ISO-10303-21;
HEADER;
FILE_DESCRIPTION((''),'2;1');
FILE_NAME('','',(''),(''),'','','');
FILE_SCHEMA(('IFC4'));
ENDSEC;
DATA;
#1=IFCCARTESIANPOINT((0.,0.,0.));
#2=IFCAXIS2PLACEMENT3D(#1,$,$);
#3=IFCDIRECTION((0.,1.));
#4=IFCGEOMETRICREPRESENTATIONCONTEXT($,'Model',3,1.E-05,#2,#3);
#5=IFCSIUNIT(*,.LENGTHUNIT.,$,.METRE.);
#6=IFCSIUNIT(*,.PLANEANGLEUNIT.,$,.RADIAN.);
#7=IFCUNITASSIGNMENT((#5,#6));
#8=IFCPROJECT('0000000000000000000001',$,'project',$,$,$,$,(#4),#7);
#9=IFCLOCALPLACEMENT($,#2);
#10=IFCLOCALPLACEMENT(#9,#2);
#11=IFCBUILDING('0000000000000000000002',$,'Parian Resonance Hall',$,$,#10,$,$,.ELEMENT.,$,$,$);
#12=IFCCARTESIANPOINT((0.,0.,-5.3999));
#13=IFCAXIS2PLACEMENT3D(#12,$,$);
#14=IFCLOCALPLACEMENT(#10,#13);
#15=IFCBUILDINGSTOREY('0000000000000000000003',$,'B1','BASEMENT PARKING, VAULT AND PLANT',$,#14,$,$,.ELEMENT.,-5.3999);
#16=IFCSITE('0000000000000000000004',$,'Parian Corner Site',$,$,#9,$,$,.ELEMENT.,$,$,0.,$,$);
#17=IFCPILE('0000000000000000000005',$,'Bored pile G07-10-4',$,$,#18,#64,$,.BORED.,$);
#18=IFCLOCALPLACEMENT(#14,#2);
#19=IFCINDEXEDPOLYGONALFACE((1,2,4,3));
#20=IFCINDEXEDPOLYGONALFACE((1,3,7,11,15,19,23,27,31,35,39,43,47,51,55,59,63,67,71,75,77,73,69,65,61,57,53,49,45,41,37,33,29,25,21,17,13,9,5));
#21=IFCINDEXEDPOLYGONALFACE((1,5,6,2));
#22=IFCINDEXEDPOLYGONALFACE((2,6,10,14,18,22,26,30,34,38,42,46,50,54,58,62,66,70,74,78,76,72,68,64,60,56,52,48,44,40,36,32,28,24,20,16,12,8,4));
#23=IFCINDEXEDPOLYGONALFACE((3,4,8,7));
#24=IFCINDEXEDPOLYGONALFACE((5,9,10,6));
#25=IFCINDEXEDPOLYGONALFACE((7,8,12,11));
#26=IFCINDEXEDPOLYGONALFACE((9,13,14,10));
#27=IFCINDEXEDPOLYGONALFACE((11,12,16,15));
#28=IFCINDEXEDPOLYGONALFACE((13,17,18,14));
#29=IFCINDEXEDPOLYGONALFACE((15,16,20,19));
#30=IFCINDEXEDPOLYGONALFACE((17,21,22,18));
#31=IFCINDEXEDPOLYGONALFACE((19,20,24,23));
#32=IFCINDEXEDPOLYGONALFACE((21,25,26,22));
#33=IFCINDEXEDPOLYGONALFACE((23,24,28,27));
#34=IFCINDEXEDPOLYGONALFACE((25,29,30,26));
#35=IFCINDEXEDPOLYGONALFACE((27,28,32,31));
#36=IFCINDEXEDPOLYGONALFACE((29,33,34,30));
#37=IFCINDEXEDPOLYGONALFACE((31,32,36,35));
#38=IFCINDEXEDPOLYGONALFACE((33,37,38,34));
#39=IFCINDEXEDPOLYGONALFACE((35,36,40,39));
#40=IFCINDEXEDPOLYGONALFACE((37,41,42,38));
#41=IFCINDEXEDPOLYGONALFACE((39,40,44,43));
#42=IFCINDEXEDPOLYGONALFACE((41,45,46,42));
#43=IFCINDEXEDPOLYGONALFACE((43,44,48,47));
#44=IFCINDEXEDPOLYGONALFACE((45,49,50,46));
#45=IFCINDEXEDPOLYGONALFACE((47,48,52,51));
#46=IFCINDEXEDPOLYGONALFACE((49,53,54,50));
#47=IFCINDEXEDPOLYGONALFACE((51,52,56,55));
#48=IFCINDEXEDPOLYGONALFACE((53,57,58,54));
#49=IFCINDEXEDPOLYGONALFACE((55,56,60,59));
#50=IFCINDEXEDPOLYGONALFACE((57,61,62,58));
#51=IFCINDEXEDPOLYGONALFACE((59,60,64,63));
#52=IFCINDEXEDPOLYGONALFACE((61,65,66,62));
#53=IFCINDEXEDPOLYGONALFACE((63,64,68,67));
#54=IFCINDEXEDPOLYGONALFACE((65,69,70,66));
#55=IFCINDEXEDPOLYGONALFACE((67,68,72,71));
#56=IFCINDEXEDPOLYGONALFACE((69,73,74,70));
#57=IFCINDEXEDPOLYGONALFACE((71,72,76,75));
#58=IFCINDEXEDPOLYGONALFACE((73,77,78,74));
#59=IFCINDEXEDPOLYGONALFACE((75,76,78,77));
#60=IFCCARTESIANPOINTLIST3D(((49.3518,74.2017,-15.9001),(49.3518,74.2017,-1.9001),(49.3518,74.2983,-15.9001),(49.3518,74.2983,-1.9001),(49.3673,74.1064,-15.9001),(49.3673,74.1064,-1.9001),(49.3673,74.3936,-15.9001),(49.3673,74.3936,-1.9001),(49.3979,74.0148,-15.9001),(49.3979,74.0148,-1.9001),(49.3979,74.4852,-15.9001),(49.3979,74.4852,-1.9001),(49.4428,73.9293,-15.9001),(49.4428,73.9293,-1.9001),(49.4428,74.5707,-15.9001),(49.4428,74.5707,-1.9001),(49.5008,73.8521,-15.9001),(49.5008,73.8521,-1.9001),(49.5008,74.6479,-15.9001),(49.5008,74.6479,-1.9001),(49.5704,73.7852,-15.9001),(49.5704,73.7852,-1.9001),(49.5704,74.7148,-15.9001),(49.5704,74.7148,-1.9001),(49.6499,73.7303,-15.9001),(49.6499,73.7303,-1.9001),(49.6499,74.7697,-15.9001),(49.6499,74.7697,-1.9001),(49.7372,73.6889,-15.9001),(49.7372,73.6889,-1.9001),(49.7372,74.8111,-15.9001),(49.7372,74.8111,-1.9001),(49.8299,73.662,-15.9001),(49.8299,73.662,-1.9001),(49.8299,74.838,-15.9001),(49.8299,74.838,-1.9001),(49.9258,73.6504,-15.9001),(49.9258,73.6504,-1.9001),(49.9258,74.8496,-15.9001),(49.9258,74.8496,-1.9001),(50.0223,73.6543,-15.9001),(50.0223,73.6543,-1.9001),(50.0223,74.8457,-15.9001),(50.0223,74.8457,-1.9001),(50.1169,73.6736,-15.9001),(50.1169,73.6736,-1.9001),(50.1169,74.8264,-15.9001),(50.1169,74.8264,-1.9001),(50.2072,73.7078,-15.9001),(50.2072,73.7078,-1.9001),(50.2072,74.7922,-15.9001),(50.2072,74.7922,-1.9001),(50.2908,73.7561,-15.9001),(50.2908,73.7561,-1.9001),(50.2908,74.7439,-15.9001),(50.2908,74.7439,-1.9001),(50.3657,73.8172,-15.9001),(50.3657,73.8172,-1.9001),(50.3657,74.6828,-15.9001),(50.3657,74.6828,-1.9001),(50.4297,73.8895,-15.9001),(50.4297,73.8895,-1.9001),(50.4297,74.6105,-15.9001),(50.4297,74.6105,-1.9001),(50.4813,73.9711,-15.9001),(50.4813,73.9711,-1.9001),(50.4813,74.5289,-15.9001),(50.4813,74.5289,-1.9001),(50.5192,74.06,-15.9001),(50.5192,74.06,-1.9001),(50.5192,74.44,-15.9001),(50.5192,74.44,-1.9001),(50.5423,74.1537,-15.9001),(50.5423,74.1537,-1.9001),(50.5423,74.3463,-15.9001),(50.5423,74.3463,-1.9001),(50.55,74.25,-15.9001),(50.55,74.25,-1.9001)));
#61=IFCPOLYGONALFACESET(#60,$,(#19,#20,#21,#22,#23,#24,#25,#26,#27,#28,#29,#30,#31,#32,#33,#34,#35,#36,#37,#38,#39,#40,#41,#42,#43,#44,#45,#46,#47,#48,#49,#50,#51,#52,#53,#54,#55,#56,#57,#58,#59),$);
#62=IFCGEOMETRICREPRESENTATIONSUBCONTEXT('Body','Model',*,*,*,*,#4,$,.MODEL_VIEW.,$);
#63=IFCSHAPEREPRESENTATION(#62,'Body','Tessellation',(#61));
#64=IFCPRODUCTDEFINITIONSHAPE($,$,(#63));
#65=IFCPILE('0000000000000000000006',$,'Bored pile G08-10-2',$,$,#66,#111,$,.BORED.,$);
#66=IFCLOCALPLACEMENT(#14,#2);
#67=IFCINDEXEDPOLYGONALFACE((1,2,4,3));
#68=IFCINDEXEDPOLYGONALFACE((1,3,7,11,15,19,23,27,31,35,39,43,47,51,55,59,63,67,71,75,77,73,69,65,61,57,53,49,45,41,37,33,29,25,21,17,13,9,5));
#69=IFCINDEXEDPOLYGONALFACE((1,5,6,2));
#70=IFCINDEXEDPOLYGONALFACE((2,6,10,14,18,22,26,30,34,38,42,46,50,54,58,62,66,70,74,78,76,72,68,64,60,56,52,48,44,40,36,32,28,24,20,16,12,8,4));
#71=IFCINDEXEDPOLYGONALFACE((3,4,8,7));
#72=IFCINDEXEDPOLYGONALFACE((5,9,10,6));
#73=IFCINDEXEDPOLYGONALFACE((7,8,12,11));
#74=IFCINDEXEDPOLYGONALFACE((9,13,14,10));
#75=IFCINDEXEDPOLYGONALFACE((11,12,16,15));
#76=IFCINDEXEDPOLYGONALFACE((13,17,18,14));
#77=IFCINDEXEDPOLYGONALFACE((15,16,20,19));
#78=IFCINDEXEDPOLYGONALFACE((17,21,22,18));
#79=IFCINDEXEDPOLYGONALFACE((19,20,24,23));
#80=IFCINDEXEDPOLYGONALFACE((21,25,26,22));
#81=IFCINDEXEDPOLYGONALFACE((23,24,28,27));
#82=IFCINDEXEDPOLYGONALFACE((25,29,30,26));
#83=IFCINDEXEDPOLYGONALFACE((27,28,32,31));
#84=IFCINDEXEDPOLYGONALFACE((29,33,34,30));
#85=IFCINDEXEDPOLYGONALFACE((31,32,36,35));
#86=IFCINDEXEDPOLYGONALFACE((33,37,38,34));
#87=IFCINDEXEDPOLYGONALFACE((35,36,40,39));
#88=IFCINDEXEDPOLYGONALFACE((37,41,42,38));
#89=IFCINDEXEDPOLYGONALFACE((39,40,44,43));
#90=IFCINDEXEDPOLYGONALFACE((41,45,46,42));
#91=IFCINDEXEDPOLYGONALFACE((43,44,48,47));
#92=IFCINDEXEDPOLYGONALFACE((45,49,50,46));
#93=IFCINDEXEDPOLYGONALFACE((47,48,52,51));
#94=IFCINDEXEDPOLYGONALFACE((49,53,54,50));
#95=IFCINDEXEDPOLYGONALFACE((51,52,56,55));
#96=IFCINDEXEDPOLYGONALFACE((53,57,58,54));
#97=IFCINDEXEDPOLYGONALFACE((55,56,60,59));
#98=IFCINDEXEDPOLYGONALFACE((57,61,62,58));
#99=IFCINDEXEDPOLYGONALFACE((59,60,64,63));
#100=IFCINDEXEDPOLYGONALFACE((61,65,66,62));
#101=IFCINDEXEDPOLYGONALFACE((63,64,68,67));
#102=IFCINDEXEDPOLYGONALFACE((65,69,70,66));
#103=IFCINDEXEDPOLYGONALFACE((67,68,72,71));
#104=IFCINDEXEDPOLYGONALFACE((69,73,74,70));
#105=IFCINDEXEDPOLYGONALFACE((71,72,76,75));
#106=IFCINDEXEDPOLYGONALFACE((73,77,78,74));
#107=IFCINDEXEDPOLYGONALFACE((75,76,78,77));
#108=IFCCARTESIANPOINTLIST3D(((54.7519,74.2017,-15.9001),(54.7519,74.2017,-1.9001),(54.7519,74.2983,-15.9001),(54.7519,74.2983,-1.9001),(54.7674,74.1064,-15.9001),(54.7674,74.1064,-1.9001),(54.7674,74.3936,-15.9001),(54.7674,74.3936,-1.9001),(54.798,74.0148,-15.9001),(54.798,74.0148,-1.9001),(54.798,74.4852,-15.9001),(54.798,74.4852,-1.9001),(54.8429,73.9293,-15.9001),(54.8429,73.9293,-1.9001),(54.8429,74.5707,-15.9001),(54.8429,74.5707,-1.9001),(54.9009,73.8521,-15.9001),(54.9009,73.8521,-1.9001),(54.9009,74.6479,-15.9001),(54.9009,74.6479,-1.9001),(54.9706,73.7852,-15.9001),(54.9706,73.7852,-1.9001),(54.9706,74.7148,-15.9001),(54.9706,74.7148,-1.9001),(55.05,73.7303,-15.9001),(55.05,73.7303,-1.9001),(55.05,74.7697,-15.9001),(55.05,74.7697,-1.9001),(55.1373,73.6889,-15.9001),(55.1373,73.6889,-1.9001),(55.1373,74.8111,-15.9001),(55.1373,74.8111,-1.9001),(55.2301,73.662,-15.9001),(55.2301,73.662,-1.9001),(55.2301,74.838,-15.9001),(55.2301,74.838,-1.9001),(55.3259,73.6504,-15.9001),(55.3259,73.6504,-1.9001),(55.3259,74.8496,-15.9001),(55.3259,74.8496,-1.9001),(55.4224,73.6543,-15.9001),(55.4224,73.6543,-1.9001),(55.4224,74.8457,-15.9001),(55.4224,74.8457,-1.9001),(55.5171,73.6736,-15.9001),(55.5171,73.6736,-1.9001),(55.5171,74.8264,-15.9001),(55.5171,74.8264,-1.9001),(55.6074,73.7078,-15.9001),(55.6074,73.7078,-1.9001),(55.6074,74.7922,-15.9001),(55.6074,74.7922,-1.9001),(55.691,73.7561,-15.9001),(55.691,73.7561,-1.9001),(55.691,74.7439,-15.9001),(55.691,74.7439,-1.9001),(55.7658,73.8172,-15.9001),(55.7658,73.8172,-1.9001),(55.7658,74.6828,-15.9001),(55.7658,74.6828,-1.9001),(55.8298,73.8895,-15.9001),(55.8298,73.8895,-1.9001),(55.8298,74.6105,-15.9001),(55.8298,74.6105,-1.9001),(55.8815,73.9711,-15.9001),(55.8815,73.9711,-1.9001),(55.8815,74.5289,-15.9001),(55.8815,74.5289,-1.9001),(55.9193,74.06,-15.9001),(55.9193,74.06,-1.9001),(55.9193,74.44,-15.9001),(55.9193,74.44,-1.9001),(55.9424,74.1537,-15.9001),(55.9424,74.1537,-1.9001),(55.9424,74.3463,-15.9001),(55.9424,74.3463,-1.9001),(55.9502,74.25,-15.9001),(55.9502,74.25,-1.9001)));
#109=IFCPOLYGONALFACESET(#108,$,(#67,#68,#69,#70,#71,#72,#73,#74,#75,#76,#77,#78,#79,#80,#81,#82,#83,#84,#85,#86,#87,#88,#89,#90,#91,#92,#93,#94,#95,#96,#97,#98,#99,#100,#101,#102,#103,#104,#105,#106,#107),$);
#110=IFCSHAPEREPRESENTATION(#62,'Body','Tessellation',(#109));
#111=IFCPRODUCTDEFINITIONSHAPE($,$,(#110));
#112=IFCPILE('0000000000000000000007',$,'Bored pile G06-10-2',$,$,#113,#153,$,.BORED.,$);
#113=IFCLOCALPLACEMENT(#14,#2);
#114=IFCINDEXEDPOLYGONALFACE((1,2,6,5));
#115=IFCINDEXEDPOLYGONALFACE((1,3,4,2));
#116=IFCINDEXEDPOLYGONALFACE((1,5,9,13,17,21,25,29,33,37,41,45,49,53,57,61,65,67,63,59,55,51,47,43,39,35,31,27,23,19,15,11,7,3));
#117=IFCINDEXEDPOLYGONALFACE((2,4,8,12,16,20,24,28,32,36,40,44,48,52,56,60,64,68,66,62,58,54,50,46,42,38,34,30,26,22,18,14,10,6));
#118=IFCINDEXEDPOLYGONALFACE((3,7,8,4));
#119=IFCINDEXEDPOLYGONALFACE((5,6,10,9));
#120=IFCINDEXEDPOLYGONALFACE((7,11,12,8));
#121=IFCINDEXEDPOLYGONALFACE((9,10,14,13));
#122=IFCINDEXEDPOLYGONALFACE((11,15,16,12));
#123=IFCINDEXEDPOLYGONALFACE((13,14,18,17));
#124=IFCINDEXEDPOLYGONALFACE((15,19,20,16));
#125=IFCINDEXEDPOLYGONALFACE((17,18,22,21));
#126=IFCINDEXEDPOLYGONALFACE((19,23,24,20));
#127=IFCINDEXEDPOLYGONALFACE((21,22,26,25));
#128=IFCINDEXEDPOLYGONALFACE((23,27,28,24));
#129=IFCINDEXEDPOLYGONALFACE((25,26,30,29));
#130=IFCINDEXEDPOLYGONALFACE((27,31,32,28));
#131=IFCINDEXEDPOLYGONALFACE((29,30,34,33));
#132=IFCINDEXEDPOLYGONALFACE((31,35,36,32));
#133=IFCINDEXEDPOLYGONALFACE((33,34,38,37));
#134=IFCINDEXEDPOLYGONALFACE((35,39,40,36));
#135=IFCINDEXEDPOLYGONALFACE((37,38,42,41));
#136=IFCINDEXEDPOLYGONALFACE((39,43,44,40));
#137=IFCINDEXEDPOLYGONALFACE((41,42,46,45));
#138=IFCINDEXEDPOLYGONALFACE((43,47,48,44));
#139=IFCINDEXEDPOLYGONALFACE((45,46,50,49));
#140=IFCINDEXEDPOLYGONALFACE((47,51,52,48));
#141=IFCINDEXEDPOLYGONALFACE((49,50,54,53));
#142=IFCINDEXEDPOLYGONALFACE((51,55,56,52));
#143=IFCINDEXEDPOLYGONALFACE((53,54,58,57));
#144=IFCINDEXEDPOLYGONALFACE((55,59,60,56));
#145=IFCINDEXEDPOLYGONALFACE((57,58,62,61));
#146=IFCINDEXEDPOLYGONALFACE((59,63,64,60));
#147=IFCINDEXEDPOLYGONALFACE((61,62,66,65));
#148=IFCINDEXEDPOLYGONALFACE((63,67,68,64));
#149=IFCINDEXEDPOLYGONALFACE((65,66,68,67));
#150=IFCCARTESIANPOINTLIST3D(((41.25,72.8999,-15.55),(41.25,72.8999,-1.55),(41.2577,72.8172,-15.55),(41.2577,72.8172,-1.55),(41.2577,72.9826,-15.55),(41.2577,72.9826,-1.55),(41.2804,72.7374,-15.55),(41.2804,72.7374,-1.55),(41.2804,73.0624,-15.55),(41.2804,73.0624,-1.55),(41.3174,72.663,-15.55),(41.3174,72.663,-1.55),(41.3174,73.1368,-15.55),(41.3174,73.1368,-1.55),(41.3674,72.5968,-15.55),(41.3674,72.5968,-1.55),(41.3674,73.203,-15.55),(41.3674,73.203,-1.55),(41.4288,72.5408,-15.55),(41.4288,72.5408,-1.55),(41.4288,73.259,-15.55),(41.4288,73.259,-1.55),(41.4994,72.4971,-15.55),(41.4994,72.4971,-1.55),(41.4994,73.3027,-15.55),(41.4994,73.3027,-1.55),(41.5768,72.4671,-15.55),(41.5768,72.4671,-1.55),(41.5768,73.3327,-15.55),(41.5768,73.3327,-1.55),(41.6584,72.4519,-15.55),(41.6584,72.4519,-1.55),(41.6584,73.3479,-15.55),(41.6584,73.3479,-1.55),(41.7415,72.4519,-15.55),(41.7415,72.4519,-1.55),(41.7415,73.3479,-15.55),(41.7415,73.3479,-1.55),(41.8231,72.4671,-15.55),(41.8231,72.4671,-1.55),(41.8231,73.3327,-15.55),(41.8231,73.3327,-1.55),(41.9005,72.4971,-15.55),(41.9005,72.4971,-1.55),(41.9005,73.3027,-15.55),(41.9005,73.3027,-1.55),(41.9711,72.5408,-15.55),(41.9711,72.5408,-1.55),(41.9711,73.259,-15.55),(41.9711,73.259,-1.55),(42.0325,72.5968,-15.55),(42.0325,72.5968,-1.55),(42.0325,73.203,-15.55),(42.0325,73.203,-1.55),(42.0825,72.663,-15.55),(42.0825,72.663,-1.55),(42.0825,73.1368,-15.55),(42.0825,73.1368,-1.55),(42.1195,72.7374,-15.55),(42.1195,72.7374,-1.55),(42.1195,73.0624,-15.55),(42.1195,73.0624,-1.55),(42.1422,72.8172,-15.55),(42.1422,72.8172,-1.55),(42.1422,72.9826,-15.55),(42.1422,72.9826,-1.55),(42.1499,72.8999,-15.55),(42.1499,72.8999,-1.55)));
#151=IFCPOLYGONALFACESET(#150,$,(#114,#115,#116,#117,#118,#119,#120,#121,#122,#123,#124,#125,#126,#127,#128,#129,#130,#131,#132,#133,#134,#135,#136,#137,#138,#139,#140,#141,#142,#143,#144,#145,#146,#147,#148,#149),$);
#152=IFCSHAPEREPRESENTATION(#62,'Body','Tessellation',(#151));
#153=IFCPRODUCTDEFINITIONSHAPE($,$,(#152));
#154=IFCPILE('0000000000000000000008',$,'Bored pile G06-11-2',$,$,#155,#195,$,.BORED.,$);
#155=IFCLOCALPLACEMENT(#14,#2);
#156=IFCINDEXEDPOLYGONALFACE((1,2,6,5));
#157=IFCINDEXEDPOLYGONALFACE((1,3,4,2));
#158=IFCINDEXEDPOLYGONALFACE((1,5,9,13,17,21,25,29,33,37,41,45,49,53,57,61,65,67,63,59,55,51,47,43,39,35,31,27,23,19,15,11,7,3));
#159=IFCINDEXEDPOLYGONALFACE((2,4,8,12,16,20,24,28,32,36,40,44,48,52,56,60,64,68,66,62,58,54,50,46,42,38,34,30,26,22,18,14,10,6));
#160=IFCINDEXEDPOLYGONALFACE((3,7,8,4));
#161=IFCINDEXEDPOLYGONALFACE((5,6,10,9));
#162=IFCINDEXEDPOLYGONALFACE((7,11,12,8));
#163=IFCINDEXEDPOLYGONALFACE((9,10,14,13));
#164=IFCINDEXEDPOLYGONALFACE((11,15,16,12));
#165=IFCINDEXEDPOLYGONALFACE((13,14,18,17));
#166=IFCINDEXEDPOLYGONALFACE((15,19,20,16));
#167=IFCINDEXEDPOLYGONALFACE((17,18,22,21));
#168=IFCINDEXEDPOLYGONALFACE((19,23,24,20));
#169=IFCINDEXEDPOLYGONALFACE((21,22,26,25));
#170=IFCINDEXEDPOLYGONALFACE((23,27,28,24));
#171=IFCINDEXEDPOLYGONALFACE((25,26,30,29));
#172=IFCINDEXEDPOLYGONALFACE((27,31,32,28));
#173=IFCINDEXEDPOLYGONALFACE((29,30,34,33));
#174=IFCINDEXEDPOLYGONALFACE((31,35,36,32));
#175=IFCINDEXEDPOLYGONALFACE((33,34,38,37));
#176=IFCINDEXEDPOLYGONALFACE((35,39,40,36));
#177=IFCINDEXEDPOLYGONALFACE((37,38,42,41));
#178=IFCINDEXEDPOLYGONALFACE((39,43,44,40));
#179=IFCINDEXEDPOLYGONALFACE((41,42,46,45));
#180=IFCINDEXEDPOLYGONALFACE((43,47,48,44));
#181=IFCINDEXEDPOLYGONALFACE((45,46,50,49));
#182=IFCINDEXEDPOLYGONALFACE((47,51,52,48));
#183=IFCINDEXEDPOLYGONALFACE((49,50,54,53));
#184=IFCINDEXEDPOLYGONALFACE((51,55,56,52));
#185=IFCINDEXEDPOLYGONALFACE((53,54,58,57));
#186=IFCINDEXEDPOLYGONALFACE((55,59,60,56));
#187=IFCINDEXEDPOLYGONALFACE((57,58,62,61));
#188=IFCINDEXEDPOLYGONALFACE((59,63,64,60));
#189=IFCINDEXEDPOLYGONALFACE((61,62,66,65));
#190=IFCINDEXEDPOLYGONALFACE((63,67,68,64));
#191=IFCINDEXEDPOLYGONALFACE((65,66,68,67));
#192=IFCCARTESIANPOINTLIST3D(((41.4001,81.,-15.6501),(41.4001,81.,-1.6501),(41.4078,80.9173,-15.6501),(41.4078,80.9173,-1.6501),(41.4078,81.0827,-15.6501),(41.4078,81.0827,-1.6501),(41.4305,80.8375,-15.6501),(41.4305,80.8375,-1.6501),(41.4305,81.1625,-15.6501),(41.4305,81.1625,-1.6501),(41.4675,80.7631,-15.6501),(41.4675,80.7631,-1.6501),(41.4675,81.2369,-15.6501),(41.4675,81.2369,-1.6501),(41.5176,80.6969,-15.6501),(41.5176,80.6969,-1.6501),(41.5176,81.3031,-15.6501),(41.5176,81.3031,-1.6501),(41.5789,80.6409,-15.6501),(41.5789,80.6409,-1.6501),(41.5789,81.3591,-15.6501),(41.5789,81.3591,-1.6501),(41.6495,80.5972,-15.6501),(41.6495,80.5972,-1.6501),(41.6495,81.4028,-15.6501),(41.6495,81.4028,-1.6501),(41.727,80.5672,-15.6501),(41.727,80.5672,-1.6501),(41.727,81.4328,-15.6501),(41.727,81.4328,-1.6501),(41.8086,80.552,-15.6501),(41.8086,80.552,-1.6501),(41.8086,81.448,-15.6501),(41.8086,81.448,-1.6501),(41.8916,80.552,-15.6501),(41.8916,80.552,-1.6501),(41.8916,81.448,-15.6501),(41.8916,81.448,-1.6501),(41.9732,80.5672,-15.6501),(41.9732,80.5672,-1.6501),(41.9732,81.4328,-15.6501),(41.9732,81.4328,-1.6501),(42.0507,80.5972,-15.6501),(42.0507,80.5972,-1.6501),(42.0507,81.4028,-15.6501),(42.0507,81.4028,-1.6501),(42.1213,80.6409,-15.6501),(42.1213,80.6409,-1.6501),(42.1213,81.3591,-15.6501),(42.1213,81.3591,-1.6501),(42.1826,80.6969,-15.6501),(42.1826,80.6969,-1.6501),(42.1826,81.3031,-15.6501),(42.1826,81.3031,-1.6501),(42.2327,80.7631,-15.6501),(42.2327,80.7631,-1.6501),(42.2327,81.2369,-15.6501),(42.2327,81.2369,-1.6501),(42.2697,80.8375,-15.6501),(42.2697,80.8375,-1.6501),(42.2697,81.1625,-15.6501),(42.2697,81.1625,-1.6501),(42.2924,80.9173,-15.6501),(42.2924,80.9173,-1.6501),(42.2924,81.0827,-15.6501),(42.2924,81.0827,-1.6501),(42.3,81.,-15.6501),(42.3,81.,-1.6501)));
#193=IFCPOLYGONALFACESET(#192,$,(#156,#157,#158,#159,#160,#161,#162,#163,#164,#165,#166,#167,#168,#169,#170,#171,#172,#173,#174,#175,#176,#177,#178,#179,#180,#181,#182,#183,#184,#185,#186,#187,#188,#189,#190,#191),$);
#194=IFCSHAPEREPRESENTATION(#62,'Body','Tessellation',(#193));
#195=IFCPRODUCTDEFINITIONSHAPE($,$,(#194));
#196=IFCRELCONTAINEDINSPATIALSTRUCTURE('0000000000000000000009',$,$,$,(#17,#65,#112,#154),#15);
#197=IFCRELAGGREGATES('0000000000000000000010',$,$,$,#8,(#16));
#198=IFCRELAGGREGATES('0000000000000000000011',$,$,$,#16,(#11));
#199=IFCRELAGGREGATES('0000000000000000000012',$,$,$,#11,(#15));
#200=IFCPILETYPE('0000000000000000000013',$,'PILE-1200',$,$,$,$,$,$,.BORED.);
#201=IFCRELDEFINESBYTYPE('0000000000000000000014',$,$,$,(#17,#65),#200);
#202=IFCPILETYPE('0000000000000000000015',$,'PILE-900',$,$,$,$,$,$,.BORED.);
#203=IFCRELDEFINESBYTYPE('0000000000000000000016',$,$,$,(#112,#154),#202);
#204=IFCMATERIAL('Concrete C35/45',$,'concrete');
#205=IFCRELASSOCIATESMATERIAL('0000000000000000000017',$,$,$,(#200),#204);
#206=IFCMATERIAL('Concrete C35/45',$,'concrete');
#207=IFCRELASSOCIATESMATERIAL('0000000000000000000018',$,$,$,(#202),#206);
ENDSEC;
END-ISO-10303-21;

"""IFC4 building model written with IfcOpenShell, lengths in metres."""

from ifc_helpers import new_model, si_unit, direction, frame, origin, origin_2d, place, context, subcontext, project, spatial, circle, extrude, material, material_profile, profile_set, type_object, element, save


model = new_model("IFC4")

# Units and contexts
model_context = context("Model", 3, precision=1e-05, world=origin(), true_north=direction((0.0, 1.0)))
body_context = subcontext(model_context, "Body", "Model", "MODEL_VIEW")
ifc_project = project(units=[si_unit("LENGTHUNIT", "METRE"), si_unit("PLANEANGLEUNIT", "RADIAN")], contexts=[model_context])

# Site, building, storey
site_placement = place(None, origin())
site = spatial("IfcSite", under=ifc_project, at=site_placement, Name="Parian Corner Site", CompositionType="ELEMENT", RefElevation=0.0)
building_placement = place(site_placement, origin())
building = spatial("IfcBuilding", under=site, at=building_placement, Name="Parian Resonance Hall", CompositionType="ELEMENT")
storey_placement = place(building_placement, frame((0.0, 0.0, -5.3999)))
storey = spatial("IfcBuildingStorey", under=building, at=storey_placement, Name="B1", Description="BASEMENT PARKING, VAULT AND PLANT", CompositionType="ELEMENT", Elevation=-5.3999)

# Piles
ifc_material_1 = material(Name="Concrete C35/45", Category="concrete")
ifc_material_profile_1 = material_profile(ifc_material_1, circle(Radius=0.6001, at=origin_2d()), Name="PILE-D1200")
ifc_profile_set_1 = profile_set([ifc_material_profile_1], Name="Concrete C35/45")
pile_type_1 = type_object("IfcPileType", Name="PILE-1200", PredefinedType="BORED", material=ifc_profile_set_1)
for number, where, z_axis, x_axis, name in (
    (1, (49.95, 74.25, -1.9001), (0.0, 0.0, -1.0), (1.0, 0.0, 0.0), "Bored pile G07-10-4"),
    (2, (55.3501, 74.25, -1.9001), (0.0, 0.0, -1.0), (1.0, 0.0, 0.0), "Bored pile G08-10-2"),
):
    element("IfcPile", number, at=place(storey_placement, frame(where, z_axis=z_axis, x_axis=x_axis)), inside=storey, type_object=pile_type_1, Name=name, PredefinedType="BORED", context=body_context, shape_type="SweptSolid", body=[
        extrude(circle(Radius=0.6001, at=origin_2d()), origin(), (0.0, 0.0, 1.0), 14.0),
    ])
ifc_material_2 = material(Name="Concrete C35/45", Category="concrete")
ifc_material_profile_2 = material_profile(ifc_material_2, circle(Radius=0.45, at=origin_2d()), Name="PILE-D900")
ifc_profile_set_2 = profile_set([ifc_material_profile_2], Name="Concrete C35/45")
pile_type_2 = type_object("IfcPileType", Name="PILE-900", PredefinedType="BORED", material=ifc_profile_set_2)
for number, where, z_axis, x_axis, name in (
    (3, (41.7, 72.8999, -1.55), (0.0, 0.0, -1.0), (1.0, 0.0, 0.0), "Bored pile G06-10-2"),
    (4, (41.8501, 81.0, -1.6501), (0.0, 0.0, -1.0), (1.0, 0.0, 0.0), "Bored pile G06-11-2"),
):
    element("IfcPile", number, at=place(storey_placement, frame(where, z_axis=z_axis, x_axis=x_axis)), inside=storey, type_object=pile_type_2, Name=name, PredefinedType="BORED", context=body_context, shape_type="SweptSolid", body=[
        extrude(circle(Radius=0.45, at=origin_2d()), origin(), (0.0, 0.0, 1.0), 14.0),
    ])

save(model, "model.ifc")
